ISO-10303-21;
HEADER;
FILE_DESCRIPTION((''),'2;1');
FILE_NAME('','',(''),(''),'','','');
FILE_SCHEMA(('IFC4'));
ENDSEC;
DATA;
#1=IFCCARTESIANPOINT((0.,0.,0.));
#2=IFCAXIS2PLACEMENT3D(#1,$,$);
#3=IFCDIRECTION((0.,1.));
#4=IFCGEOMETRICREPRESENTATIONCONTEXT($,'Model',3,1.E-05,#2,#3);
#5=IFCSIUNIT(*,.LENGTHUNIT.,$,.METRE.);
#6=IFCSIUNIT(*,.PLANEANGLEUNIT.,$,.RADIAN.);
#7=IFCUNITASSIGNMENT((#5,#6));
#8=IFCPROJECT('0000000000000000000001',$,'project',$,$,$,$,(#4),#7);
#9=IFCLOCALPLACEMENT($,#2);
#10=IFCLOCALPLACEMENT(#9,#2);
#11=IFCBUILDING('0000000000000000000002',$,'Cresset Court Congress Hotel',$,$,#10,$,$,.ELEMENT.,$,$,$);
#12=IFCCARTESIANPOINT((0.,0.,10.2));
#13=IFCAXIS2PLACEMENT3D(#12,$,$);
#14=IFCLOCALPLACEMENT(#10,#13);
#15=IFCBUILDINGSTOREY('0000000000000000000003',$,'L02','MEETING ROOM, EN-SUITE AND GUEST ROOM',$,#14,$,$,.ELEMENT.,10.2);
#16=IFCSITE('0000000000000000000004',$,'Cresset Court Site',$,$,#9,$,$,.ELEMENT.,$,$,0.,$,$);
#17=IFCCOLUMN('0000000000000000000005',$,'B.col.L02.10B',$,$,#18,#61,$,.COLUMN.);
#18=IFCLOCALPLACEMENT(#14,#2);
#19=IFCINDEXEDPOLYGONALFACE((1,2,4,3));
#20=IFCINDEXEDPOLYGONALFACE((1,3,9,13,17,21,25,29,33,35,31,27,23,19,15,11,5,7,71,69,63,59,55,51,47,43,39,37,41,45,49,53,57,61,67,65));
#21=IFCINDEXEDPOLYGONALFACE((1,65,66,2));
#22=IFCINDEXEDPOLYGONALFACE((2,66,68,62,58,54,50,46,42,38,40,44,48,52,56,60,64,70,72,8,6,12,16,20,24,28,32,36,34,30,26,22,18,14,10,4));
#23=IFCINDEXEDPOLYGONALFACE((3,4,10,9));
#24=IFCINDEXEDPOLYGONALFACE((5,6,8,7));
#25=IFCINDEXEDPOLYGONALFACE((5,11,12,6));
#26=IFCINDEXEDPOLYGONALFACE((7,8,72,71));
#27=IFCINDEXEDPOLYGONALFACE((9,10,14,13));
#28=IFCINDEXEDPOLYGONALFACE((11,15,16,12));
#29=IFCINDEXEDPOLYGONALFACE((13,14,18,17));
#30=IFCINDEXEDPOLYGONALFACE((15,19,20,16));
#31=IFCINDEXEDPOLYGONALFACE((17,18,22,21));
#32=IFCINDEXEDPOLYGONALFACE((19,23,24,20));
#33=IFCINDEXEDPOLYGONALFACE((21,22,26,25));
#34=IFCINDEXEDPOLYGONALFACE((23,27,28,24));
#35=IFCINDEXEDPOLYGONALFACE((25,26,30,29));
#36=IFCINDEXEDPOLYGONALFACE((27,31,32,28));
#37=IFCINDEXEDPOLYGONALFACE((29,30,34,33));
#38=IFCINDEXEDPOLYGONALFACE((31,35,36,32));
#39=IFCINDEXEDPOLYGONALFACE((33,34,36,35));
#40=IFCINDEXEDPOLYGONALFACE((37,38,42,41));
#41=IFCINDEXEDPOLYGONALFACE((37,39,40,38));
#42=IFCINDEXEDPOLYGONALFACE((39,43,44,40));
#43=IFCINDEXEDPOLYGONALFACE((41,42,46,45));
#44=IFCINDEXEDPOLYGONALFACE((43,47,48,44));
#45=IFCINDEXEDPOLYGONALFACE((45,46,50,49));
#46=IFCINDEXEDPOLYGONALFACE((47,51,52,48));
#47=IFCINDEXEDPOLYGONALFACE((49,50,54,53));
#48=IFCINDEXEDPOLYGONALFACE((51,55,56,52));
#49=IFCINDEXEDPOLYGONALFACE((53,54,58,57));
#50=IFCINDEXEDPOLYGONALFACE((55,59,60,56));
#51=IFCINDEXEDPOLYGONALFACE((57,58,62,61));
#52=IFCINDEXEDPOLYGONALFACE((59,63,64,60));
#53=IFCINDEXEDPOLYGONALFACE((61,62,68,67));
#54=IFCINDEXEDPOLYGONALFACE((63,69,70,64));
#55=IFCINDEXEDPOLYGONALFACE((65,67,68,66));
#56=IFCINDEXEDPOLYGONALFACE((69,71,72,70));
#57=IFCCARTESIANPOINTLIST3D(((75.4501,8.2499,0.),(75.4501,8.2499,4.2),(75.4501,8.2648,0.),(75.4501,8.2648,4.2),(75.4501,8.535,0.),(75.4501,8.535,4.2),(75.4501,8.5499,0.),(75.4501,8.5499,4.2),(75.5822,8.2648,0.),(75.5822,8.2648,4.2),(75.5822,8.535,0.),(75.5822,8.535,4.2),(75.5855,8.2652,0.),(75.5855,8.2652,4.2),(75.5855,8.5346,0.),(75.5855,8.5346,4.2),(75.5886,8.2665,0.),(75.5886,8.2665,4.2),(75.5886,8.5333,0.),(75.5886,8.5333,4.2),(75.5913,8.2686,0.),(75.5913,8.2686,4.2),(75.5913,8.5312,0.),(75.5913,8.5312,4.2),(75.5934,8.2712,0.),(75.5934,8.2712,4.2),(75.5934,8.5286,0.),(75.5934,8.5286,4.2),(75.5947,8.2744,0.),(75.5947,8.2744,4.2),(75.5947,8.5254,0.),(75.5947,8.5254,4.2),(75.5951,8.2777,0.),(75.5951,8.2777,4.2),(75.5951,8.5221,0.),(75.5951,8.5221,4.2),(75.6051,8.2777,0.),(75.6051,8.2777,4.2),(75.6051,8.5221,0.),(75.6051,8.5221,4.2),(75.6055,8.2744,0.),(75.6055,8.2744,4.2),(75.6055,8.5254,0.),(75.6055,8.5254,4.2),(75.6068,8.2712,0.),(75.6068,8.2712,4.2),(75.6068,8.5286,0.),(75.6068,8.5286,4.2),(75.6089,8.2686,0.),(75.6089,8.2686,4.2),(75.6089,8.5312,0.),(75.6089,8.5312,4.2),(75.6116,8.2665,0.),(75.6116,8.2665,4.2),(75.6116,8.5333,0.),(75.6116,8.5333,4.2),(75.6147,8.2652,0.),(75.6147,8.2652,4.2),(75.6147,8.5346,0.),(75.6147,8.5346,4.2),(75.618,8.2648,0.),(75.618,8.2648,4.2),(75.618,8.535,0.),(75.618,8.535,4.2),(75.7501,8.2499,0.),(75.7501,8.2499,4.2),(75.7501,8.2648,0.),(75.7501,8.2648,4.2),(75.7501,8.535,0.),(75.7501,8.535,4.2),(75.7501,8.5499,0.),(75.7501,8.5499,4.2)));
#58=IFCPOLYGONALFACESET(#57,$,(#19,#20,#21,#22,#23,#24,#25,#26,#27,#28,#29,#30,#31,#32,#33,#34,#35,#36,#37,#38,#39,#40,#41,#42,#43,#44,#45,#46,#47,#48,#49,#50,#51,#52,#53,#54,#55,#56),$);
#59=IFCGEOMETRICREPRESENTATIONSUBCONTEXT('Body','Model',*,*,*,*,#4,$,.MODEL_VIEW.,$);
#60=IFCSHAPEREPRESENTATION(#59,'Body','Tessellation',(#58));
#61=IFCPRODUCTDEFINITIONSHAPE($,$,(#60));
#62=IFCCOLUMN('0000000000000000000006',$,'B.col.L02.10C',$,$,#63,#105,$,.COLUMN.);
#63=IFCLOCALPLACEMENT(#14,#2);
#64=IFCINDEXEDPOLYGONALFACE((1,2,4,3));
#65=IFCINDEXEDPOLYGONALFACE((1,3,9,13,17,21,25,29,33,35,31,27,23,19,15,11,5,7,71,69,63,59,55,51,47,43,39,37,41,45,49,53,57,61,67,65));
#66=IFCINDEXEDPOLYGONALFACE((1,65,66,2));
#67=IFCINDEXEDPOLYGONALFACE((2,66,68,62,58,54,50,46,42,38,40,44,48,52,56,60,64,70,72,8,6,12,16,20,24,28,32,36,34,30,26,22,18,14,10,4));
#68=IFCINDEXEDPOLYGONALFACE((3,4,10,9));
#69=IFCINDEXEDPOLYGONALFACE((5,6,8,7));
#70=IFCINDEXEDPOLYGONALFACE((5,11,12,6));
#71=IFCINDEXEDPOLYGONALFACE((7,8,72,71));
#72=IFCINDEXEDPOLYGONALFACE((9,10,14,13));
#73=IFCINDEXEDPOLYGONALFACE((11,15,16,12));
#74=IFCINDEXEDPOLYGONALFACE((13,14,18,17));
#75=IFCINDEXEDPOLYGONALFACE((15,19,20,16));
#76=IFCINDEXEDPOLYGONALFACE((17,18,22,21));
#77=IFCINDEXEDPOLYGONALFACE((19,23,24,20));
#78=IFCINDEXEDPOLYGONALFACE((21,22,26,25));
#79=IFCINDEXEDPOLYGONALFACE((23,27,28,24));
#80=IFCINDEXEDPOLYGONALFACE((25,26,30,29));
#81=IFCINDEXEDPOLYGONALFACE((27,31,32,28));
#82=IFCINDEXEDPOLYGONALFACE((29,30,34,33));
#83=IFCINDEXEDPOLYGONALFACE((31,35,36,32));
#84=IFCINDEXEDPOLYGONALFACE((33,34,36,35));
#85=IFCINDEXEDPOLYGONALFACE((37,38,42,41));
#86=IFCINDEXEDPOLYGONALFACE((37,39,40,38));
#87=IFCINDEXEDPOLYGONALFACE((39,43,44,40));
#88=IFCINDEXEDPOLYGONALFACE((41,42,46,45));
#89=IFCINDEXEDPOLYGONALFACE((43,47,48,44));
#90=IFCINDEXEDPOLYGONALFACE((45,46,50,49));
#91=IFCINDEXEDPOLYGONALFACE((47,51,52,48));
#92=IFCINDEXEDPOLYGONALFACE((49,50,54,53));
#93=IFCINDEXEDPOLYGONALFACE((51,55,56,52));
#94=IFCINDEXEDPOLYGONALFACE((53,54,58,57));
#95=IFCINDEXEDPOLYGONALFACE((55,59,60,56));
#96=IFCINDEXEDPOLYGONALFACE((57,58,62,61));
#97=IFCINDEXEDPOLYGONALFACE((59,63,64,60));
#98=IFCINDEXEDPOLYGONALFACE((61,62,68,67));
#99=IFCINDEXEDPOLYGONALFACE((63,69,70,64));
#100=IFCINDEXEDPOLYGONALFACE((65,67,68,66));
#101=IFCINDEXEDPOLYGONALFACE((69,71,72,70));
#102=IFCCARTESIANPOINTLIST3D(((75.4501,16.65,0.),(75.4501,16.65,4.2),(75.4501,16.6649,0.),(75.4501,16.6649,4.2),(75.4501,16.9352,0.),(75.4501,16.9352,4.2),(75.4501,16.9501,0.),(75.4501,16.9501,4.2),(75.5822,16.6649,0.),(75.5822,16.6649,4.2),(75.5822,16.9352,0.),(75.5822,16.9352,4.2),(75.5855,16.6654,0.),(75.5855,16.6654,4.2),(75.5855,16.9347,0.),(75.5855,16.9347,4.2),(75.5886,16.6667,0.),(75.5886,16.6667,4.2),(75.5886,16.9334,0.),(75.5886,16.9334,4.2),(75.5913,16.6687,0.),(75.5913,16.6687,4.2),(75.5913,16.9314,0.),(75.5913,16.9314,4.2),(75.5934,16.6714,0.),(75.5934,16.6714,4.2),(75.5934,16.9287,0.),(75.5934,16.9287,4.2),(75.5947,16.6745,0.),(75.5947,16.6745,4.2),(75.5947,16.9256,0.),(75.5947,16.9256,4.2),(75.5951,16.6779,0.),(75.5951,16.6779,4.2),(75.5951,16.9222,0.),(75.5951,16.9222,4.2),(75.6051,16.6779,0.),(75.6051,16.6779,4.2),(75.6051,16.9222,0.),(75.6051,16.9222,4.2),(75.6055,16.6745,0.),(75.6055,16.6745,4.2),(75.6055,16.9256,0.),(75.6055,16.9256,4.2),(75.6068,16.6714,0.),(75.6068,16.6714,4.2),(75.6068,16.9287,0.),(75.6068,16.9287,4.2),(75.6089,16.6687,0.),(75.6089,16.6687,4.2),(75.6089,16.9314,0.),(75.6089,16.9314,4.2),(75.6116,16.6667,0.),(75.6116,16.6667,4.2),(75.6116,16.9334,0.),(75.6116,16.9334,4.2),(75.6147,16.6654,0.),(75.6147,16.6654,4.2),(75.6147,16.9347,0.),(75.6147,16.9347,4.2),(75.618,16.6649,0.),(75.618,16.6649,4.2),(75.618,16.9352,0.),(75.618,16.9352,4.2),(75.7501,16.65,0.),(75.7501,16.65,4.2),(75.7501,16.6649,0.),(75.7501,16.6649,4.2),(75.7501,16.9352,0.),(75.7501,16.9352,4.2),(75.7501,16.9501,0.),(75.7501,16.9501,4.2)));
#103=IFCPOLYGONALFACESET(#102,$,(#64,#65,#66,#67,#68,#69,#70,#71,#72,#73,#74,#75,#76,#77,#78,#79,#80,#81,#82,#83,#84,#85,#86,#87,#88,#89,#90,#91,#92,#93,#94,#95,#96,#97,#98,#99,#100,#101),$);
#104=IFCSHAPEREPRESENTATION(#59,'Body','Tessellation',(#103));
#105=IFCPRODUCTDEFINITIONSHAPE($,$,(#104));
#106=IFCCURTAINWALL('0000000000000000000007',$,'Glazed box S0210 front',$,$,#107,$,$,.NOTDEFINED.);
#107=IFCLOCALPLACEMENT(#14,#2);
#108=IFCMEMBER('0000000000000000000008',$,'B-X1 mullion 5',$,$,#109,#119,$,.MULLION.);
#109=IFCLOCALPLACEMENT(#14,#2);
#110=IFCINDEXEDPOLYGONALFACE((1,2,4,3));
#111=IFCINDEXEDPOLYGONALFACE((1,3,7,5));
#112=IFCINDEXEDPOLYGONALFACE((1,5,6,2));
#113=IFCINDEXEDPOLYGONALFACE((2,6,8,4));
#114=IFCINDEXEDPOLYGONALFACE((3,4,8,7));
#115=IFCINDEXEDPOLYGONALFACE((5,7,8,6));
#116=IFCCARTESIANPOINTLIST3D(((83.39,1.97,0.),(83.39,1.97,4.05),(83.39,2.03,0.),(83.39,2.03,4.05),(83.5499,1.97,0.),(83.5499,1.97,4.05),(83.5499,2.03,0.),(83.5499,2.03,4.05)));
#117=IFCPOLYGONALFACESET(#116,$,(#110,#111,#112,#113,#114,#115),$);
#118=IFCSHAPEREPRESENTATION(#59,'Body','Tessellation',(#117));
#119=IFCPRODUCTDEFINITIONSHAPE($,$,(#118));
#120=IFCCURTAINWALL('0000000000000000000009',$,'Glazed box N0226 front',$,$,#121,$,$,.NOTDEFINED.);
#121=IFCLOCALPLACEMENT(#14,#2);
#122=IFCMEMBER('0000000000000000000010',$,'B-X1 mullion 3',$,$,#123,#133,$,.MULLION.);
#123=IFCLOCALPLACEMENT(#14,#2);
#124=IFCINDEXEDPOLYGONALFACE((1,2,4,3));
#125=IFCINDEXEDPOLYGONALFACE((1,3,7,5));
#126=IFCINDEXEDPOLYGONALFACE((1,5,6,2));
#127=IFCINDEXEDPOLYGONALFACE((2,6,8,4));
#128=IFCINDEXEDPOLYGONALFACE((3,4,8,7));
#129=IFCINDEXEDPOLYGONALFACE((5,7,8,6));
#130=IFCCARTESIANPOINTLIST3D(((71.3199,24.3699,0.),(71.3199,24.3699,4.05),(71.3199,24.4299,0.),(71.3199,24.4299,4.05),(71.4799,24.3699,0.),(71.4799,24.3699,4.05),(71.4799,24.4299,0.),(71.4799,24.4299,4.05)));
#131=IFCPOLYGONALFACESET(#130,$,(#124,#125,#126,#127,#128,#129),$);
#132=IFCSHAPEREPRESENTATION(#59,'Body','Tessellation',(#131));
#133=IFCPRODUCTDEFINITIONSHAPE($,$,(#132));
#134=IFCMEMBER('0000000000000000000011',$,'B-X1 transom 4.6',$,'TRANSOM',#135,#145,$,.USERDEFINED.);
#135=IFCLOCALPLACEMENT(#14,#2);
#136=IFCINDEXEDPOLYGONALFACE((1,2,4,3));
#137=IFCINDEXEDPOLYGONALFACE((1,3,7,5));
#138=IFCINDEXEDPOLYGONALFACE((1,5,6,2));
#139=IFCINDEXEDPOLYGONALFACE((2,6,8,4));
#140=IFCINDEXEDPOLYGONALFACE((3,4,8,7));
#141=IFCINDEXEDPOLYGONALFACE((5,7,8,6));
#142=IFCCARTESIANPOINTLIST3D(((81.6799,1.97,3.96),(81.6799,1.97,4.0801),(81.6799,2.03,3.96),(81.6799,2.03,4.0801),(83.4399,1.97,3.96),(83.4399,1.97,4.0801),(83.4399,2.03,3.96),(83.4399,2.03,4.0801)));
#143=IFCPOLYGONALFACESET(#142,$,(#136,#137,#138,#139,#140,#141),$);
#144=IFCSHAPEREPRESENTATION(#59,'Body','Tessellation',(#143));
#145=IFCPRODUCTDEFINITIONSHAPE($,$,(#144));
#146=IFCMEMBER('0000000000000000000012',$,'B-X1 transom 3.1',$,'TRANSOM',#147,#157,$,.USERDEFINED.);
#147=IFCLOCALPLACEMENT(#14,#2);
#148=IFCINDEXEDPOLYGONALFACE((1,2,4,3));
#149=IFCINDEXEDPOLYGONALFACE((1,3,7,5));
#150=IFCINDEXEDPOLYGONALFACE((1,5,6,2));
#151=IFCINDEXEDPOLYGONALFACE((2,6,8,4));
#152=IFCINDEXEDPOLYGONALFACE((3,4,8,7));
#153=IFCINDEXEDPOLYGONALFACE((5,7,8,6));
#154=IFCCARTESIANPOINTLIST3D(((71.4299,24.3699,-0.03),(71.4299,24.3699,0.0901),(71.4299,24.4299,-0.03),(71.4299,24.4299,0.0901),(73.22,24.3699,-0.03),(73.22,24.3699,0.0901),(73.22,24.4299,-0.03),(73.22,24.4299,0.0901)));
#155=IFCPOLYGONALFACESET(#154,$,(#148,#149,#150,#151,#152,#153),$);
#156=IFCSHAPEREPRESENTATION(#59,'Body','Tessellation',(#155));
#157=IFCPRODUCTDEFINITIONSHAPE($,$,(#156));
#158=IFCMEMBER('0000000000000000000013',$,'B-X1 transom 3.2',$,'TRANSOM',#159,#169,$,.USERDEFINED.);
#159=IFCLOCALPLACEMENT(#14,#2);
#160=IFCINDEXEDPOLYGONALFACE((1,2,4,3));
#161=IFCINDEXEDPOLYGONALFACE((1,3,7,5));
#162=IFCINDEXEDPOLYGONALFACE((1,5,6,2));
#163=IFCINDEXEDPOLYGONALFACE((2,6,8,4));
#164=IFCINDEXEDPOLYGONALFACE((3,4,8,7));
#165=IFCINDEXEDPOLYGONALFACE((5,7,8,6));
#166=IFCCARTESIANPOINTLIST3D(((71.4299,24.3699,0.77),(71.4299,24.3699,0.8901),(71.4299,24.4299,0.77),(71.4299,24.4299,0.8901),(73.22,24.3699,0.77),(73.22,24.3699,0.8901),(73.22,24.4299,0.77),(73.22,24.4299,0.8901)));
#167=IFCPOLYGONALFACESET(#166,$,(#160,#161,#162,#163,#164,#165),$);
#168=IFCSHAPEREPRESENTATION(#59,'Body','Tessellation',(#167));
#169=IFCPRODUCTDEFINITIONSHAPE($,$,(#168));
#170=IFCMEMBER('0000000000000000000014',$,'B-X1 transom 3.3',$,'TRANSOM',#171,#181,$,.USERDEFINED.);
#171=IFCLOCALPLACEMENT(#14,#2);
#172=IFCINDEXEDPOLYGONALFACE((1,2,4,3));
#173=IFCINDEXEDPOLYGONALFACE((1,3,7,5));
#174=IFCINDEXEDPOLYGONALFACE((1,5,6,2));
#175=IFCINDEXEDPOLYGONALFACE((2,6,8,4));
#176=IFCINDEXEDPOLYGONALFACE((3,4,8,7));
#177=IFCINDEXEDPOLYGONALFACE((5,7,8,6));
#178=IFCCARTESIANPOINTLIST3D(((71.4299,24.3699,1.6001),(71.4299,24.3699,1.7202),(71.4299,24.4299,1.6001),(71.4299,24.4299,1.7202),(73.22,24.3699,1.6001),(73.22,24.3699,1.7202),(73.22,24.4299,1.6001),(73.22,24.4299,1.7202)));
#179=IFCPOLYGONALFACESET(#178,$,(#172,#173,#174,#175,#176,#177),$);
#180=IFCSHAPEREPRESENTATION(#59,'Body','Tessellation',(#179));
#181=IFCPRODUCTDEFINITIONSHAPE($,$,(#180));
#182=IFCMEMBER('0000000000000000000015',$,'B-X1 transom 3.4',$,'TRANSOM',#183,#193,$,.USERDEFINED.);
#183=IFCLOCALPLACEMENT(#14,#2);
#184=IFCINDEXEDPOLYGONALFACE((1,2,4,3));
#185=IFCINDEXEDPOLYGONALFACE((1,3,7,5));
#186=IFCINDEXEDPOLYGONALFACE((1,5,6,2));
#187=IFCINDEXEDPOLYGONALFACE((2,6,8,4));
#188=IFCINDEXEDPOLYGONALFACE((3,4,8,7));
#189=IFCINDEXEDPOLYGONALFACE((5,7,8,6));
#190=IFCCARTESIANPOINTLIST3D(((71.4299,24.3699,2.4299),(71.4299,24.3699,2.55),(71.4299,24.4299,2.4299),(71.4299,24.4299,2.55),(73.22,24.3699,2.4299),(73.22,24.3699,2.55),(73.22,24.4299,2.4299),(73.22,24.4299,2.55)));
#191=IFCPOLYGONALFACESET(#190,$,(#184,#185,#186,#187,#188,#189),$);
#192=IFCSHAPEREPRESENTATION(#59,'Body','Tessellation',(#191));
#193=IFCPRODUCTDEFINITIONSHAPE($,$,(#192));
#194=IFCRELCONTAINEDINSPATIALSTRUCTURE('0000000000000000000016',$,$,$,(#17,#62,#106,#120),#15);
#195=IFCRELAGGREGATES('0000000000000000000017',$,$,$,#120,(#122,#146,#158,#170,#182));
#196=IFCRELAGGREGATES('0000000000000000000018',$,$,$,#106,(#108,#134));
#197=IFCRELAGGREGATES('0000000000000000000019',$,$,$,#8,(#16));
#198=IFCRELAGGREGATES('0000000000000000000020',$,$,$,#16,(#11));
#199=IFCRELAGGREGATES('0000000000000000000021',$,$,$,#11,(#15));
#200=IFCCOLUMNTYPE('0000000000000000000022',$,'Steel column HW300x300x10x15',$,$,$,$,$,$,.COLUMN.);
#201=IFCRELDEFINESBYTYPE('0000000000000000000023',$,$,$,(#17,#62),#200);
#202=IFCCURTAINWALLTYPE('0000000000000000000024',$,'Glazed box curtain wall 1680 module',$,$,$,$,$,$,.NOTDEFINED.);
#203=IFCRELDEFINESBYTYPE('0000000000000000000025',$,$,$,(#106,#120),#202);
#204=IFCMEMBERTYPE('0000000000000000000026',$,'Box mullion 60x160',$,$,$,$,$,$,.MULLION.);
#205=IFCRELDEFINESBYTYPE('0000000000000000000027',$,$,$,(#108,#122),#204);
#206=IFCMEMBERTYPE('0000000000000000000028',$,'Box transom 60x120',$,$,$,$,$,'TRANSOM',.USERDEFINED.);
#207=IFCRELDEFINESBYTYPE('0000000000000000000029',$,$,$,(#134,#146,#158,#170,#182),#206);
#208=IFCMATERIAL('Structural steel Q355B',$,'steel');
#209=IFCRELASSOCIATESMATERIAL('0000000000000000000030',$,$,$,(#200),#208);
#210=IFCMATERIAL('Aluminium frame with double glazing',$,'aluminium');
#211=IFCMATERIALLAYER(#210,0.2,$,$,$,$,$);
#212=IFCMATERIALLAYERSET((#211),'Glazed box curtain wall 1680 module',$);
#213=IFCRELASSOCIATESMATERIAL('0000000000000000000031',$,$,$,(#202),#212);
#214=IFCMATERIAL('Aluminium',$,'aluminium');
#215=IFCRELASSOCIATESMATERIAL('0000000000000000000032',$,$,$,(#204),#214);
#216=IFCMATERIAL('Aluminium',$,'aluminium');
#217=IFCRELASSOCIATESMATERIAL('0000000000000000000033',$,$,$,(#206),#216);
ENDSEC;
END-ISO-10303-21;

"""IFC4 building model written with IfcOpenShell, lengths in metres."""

from ifc_helpers import new_model, si_unit, direction, frame, origin, origin_2d, place, context, subcontext, project, spatial, rectangle, i_section, extrude, material, layer, layer_set, material_profile, profile_set, type_object, element, aggregate, save


model = new_model("IFC4")

# Units and contexts
model_context = context("Model", 3, precision=1e-05, world=origin(), true_north=direction((0.0, 1.0)))
body_context = subcontext(model_context, "Body", "Model", "MODEL_VIEW")
ifc_project = project(units=[si_unit("LENGTHUNIT", "METRE"), si_unit("PLANEANGLEUNIT", "RADIAN")], contexts=[model_context])

# Site, building, storey
site_placement = place(None, origin())
site = spatial("IfcSite", under=ifc_project, at=site_placement, Name="Cresset Court Site", CompositionType="ELEMENT", RefElevation=0.0)
building_placement = place(site_placement, origin())
building = spatial("IfcBuilding", under=site, at=building_placement, Name="Cresset Court Congress Hotel", CompositionType="ELEMENT")
storey_placement = place(building_placement, frame((0.0, 0.0, 10.2)))
storey = spatial("IfcBuildingStorey", under=building, at=storey_placement, Name="L02", Description="MEETING ROOM, EN-SUITE AND GUEST ROOM", CompositionType="ELEMENT", Elevation=10.2)

# Columns
ifc_material_1 = material(Name="Structural steel Q355B", Category="steel")
ifc_material_profile_1 = material_profile(ifc_material_1, i_section(OverallWidth=0.3, OverallDepth=0.3, WebThickness=0.01, FlangeThickness=0.0149, FilletRadius=0.0129, at=origin_2d()), Name="HW300x300x10x15")
ifc_profile_set_1 = profile_set([ifc_material_profile_1], Name="Structural steel Q355B")
column_type = type_object("IfcColumnType", Name="Steel column HW300x300x10x15", PredefinedType="COLUMN", material=ifc_profile_set_1)
for number, where, z_axis, x_axis, name in (
    (1, (75.6001, 8.3999, 0.0), (0.0, 0.0, 1.0), (1.0, 0.0, 0.0), "B.col.L02.10B"),
    (2, (75.6001, 16.8, 0.0), (0.0, 0.0, 1.0), (1.0, 0.0, 0.0), "B.col.L02.10C"),
):
    element("IfcColumn", number, at=place(storey_placement, frame(where, z_axis=z_axis, x_axis=x_axis)), inside=storey, type_object=column_type, Name=name, PredefinedType="COLUMN", context=body_context, shape_type="SweptSolid", body=[
        extrude(i_section(OverallWidth=0.3, OverallDepth=0.3, WebThickness=0.01, FlangeThickness=0.0149, FilletRadius=0.0129, at=origin_2d()), origin(), (0.0, 0.0, 1.0), 4.2),
    ])

# Curtain walls, members
ifc_material_2 = material(Name="Aluminium frame with double glazing", Category="aluminium")
ifc_layer_1 = layer(ifc_material_2, 0.2)
ifc_layer_set_1 = layer_set([ifc_layer_1], Name="Glazed box curtain wall 1680 module")
curtain_wall_type = type_object("IfcCurtainWallType", Name="Glazed box curtain wall 1680 module", PredefinedType="NOTDEFINED", material=ifc_layer_set_1)
curtain_wall_1_placement = place(storey_placement, origin())
curtain_wall_1 = element("IfcCurtainWall", 3, at=curtain_wall_1_placement, inside=storey, type_object=curtain_wall_type, Name="Glazed box S0210 front", PredefinedType="NOTDEFINED")
ifc_material_3 = material(Name="Aluminium", Category="aluminium")
ifc_material_profile_2 = material_profile(ifc_material_3, rectangle(XDim=0.0601, YDim=0.1599, at=origin_2d()), Name="Box mullion 60x160")
ifc_profile_set_2 = profile_set([ifc_material_profile_2], Name="Aluminium")
member_type_1 = type_object("IfcMemberType", Name="Box mullion 60x160", PredefinedType="MULLION", material=ifc_profile_set_2)
member_1_placement = place(storey_placement, frame((83.47, 2.0, 0.0), z_axis=(0.0, 0.0, 1.0), x_axis=(0.0, 1.0, 0.0)))
member_1 = element("IfcMember", 4, at=member_1_placement, type_object=member_type_1, Name="B-X1 mullion 5", PredefinedType="MULLION", context=body_context, shape_type="SweptSolid", body=[
    extrude(rectangle(XDim=0.0601, YDim=0.1599, at=origin_2d()), origin(), (0.0, 0.0, 1.0), 4.05),
])
curtain_wall_2_placement = place(storey_placement, origin())
curtain_wall_2 = element("IfcCurtainWall", 5, at=curtain_wall_2_placement, inside=storey, type_object=curtain_wall_type, Name="Glazed box N0226 front", PredefinedType="NOTDEFINED")
member_2_placement = place(storey_placement, frame((71.3999, 24.3999, 0.0), z_axis=(0.0, 0.0, 1.0), x_axis=(0.0, 1.0, 0.0)))
member_2 = element("IfcMember", 6, at=member_2_placement, type_object=member_type_1, Name="B-X1 mullion 3", PredefinedType="MULLION", context=body_context, shape_type="SweptSolid", body=[
    extrude(rectangle(XDim=0.0601, YDim=0.1599, at=origin_2d()), origin(), (0.0, 0.0, 1.0), 4.05),
])

# Members
ifc_material_4 = material(Name="Aluminium", Category="aluminium")
ifc_material_profile_3 = material_profile(ifc_material_4, rectangle(XDim=0.0601, YDim=0.1201, at=origin_2d()), Name="Box transom 60x120")
ifc_profile_set_3 = profile_set([ifc_material_profile_3], Name="Aluminium")
member_type_2 = type_object("IfcMemberType", Name="Box transom 60x120", ElementType="TRANSOM", PredefinedType="USERDEFINED", material=ifc_profile_set_3)
member_3_placement = place(storey_placement, frame((81.6799, 2.0, 4.02), z_axis=(1.0, 0.0, 0.0), x_axis=(0.0, 1.0, 0.0)))
member_3 = element("IfcMember", 7, at=member_3_placement, type_object=member_type_2, Name="B-X1 transom 4.6", ObjectType="TRANSOM", PredefinedType="USERDEFINED", context=body_context, shape_type="SweptSolid", body=[
    extrude(rectangle(XDim=0.0601, YDim=0.1201, at=origin_2d()), origin(), (0.0, 0.0, 1.0), 1.76),
])
member_4_placement = place(storey_placement, frame((71.4299, 24.3999, 0.03), z_axis=(1.0, 0.0, 0.0), x_axis=(0.0, 1.0, 0.0)))
member_4 = element("IfcMember", 8, at=member_4_placement, type_object=member_type_2, Name="B-X1 transom 3.1", ObjectType="TRANSOM", PredefinedType="USERDEFINED", context=body_context, shape_type="SweptSolid", body=[
    extrude(rectangle(XDim=0.0601, YDim=0.1201, at=origin_2d()), origin(), (0.0, 0.0, 1.0), 1.79),
])
member_5_placement = place(storey_placement, frame((71.4299, 24.3999, 0.8301), z_axis=(1.0, 0.0, 0.0), x_axis=(0.0, 1.0, 0.0)))
member_5 = element("IfcMember", 9, at=member_5_placement, type_object=member_type_2, Name="B-X1 transom 3.2", ObjectType="TRANSOM", PredefinedType="USERDEFINED", context=body_context, shape_type="SweptSolid", body=[
    extrude(rectangle(XDim=0.0601, YDim=0.1201, at=origin_2d()), origin(), (0.0, 0.0, 1.0), 1.79),
])
member_6_placement = place(storey_placement, frame((71.4299, 24.3999, 1.6602), z_axis=(1.0, 0.0, 0.0), x_axis=(0.0, 1.0, 0.0)))
member_6 = element("IfcMember", 10, at=member_6_placement, type_object=member_type_2, Name="B-X1 transom 3.3", ObjectType="TRANSOM", PredefinedType="USERDEFINED", context=body_context, shape_type="SweptSolid", body=[
    extrude(rectangle(XDim=0.0601, YDim=0.1201, at=origin_2d()), origin(), (0.0, 0.0, 1.0), 1.79),
])
member_7_placement = place(storey_placement, frame((71.4299, 24.3999, 2.49), z_axis=(1.0, 0.0, 0.0), x_axis=(0.0, 1.0, 0.0)))
member_7 = element("IfcMember", 11, at=member_7_placement, type_object=member_type_2, Name="B-X1 transom 3.4", ObjectType="TRANSOM", PredefinedType="USERDEFINED", context=body_context, shape_type="SweptSolid", body=[
    extrude(rectangle(XDim=0.0601, YDim=0.1201, at=origin_2d()), origin(), (0.0, 0.0, 1.0), 1.79),
])
aggregate(curtain_wall_2, [member_2, member_4, member_5, member_6, member_7])

aggregate(curtain_wall_1, [member_1, member_3])

save(model, "model.ifc")
